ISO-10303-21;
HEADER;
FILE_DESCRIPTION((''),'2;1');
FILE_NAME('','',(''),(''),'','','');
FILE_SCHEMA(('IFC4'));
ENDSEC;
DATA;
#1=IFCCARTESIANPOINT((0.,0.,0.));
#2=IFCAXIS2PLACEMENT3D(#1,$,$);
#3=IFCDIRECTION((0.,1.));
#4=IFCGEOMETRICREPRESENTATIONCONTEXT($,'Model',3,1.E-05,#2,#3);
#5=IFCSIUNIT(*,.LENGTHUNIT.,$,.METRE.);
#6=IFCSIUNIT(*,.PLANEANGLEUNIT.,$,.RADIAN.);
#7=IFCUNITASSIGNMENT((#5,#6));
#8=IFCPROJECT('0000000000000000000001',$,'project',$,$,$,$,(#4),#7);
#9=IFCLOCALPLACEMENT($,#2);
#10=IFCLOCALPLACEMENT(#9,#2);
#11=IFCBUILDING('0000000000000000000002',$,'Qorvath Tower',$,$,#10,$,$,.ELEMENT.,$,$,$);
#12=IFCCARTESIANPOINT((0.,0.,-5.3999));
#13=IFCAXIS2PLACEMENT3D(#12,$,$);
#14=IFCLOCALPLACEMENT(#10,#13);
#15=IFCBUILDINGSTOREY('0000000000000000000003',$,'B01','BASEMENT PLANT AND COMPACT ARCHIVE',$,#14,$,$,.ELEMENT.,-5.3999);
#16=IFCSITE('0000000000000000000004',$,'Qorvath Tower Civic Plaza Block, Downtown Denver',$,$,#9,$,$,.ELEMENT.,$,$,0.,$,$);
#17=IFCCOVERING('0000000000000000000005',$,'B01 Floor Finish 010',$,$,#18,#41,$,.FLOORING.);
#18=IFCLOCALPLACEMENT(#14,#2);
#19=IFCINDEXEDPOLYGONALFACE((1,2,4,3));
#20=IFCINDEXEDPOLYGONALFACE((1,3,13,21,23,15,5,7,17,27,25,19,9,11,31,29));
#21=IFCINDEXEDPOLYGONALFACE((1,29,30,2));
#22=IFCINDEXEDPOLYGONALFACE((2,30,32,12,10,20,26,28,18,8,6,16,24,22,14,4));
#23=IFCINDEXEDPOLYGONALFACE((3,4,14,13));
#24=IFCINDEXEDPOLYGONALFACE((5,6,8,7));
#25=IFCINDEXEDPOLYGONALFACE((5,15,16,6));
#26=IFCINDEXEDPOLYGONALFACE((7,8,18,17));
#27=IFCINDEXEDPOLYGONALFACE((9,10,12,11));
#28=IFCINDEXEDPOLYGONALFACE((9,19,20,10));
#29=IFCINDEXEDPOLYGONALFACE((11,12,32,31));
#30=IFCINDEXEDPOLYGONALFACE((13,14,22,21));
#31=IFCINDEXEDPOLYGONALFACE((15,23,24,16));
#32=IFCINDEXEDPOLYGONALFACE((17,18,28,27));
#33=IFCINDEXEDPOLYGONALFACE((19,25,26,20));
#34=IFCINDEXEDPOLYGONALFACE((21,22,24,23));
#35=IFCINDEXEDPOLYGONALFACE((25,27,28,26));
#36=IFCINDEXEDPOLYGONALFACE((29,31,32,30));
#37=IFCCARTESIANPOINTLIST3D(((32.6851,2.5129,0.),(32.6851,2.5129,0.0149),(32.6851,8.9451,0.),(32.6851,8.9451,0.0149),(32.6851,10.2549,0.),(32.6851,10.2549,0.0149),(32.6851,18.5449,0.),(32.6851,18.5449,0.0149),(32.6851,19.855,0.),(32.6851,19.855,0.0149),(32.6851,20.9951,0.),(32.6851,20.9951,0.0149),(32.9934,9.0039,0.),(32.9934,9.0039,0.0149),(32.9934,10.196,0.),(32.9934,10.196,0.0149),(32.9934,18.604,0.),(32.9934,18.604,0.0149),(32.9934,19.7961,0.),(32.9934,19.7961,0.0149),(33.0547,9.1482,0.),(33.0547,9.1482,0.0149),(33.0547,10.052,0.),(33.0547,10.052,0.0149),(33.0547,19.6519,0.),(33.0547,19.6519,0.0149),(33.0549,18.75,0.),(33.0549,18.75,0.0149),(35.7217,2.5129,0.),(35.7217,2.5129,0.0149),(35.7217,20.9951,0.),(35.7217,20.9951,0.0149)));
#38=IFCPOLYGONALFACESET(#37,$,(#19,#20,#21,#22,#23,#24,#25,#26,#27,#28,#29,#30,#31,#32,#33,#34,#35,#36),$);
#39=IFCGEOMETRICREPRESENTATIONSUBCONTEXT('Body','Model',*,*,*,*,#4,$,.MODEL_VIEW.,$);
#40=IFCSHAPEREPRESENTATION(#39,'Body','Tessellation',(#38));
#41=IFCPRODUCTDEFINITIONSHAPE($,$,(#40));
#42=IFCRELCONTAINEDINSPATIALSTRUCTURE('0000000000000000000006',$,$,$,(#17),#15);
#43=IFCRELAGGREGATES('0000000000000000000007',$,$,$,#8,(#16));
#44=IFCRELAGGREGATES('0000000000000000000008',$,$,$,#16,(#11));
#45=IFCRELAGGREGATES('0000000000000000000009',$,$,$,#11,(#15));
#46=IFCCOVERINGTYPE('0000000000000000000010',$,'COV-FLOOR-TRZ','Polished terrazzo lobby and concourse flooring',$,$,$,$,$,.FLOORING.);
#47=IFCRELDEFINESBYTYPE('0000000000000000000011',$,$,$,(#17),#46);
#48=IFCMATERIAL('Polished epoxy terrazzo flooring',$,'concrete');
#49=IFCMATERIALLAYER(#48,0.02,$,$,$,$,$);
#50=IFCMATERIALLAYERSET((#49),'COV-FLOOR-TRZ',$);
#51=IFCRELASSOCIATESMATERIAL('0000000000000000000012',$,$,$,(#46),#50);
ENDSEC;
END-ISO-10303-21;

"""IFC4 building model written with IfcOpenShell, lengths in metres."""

from ifc_helpers import new_model, si_unit, direction, frame, origin, place, context, subcontext, project, spatial, polyline, outline, extrude, material, layer, layer_set, type_object, element, save


model = new_model("IFC4")

# Units and contexts
model_context = context("Model", 3, precision=1e-05, world=origin(), true_north=direction((0.0, 1.0)))
body_context = subcontext(model_context, "Body", "Model", "MODEL_VIEW")
ifc_project = project(units=[si_unit("LENGTHUNIT", "METRE"), si_unit("PLANEANGLEUNIT", "RADIAN")], contexts=[model_context])

# Site, building, storey
site_placement = place(None, origin())
site = spatial("IfcSite", under=ifc_project, at=site_placement, Name="Qorvath Tower Civic Plaza Block, Downtown Denver", CompositionType="ELEMENT", RefElevation=0.0)
building_placement = place(site_placement, origin())
building = spatial("IfcBuilding", under=site, at=building_placement, Name="Qorvath Tower", CompositionType="ELEMENT")
storey_placement = place(building_placement, frame((0.0, 0.0, -5.3999)))
storey = spatial("IfcBuildingStorey", under=building, at=storey_placement, Name="B01", Description="BASEMENT PLANT AND COMPACT ARCHIVE", CompositionType="ELEMENT", Elevation=-5.3999)

# Covering
ifc_material_1 = material(Name="Polished epoxy terrazzo flooring", Category="concrete")
ifc_layer_1 = layer(ifc_material_1, 0.02)
ifc_layer_set_1 = layer_set([ifc_layer_1], Name="COV-FLOOR-TRZ")
covering_type_1 = type_object("IfcCoveringType", Name="COV-FLOOR-TRZ", Description="Polished terrazzo lobby and concourse flooring", PredefinedType="FLOORING", material=ifc_layer_set_1)
covering_1_placement = place(storey_placement, origin())
element("IfcCovering", 1, at=covering_1_placement, inside=storey, type_object=covering_type_1, Name="B01 Floor Finish 010", PredefinedType="FLOORING", context=body_context, shape_type="SweptSolid", body=[
    extrude(outline(polyline([(33.0547, 9.1482), (32.9934, 9.0039), (32.6851, 8.9451), (32.6851, 2.5129), (35.7217, 2.5129), (35.7217, 20.9951), (32.6851, 20.9951), (32.6851, 19.855), (32.9934, 19.7961), (33.0547, 19.6519), (33.0549, 18.75), (32.9934, 18.604), (32.6851, 18.5449), (32.6851, 10.2549), (32.9934, 10.196), (33.0547, 10.052), (33.0547, 9.1482)])), origin(), (0.0, 0.0, 1.0), 0.0149),
])

save(model, "model.ifc")
